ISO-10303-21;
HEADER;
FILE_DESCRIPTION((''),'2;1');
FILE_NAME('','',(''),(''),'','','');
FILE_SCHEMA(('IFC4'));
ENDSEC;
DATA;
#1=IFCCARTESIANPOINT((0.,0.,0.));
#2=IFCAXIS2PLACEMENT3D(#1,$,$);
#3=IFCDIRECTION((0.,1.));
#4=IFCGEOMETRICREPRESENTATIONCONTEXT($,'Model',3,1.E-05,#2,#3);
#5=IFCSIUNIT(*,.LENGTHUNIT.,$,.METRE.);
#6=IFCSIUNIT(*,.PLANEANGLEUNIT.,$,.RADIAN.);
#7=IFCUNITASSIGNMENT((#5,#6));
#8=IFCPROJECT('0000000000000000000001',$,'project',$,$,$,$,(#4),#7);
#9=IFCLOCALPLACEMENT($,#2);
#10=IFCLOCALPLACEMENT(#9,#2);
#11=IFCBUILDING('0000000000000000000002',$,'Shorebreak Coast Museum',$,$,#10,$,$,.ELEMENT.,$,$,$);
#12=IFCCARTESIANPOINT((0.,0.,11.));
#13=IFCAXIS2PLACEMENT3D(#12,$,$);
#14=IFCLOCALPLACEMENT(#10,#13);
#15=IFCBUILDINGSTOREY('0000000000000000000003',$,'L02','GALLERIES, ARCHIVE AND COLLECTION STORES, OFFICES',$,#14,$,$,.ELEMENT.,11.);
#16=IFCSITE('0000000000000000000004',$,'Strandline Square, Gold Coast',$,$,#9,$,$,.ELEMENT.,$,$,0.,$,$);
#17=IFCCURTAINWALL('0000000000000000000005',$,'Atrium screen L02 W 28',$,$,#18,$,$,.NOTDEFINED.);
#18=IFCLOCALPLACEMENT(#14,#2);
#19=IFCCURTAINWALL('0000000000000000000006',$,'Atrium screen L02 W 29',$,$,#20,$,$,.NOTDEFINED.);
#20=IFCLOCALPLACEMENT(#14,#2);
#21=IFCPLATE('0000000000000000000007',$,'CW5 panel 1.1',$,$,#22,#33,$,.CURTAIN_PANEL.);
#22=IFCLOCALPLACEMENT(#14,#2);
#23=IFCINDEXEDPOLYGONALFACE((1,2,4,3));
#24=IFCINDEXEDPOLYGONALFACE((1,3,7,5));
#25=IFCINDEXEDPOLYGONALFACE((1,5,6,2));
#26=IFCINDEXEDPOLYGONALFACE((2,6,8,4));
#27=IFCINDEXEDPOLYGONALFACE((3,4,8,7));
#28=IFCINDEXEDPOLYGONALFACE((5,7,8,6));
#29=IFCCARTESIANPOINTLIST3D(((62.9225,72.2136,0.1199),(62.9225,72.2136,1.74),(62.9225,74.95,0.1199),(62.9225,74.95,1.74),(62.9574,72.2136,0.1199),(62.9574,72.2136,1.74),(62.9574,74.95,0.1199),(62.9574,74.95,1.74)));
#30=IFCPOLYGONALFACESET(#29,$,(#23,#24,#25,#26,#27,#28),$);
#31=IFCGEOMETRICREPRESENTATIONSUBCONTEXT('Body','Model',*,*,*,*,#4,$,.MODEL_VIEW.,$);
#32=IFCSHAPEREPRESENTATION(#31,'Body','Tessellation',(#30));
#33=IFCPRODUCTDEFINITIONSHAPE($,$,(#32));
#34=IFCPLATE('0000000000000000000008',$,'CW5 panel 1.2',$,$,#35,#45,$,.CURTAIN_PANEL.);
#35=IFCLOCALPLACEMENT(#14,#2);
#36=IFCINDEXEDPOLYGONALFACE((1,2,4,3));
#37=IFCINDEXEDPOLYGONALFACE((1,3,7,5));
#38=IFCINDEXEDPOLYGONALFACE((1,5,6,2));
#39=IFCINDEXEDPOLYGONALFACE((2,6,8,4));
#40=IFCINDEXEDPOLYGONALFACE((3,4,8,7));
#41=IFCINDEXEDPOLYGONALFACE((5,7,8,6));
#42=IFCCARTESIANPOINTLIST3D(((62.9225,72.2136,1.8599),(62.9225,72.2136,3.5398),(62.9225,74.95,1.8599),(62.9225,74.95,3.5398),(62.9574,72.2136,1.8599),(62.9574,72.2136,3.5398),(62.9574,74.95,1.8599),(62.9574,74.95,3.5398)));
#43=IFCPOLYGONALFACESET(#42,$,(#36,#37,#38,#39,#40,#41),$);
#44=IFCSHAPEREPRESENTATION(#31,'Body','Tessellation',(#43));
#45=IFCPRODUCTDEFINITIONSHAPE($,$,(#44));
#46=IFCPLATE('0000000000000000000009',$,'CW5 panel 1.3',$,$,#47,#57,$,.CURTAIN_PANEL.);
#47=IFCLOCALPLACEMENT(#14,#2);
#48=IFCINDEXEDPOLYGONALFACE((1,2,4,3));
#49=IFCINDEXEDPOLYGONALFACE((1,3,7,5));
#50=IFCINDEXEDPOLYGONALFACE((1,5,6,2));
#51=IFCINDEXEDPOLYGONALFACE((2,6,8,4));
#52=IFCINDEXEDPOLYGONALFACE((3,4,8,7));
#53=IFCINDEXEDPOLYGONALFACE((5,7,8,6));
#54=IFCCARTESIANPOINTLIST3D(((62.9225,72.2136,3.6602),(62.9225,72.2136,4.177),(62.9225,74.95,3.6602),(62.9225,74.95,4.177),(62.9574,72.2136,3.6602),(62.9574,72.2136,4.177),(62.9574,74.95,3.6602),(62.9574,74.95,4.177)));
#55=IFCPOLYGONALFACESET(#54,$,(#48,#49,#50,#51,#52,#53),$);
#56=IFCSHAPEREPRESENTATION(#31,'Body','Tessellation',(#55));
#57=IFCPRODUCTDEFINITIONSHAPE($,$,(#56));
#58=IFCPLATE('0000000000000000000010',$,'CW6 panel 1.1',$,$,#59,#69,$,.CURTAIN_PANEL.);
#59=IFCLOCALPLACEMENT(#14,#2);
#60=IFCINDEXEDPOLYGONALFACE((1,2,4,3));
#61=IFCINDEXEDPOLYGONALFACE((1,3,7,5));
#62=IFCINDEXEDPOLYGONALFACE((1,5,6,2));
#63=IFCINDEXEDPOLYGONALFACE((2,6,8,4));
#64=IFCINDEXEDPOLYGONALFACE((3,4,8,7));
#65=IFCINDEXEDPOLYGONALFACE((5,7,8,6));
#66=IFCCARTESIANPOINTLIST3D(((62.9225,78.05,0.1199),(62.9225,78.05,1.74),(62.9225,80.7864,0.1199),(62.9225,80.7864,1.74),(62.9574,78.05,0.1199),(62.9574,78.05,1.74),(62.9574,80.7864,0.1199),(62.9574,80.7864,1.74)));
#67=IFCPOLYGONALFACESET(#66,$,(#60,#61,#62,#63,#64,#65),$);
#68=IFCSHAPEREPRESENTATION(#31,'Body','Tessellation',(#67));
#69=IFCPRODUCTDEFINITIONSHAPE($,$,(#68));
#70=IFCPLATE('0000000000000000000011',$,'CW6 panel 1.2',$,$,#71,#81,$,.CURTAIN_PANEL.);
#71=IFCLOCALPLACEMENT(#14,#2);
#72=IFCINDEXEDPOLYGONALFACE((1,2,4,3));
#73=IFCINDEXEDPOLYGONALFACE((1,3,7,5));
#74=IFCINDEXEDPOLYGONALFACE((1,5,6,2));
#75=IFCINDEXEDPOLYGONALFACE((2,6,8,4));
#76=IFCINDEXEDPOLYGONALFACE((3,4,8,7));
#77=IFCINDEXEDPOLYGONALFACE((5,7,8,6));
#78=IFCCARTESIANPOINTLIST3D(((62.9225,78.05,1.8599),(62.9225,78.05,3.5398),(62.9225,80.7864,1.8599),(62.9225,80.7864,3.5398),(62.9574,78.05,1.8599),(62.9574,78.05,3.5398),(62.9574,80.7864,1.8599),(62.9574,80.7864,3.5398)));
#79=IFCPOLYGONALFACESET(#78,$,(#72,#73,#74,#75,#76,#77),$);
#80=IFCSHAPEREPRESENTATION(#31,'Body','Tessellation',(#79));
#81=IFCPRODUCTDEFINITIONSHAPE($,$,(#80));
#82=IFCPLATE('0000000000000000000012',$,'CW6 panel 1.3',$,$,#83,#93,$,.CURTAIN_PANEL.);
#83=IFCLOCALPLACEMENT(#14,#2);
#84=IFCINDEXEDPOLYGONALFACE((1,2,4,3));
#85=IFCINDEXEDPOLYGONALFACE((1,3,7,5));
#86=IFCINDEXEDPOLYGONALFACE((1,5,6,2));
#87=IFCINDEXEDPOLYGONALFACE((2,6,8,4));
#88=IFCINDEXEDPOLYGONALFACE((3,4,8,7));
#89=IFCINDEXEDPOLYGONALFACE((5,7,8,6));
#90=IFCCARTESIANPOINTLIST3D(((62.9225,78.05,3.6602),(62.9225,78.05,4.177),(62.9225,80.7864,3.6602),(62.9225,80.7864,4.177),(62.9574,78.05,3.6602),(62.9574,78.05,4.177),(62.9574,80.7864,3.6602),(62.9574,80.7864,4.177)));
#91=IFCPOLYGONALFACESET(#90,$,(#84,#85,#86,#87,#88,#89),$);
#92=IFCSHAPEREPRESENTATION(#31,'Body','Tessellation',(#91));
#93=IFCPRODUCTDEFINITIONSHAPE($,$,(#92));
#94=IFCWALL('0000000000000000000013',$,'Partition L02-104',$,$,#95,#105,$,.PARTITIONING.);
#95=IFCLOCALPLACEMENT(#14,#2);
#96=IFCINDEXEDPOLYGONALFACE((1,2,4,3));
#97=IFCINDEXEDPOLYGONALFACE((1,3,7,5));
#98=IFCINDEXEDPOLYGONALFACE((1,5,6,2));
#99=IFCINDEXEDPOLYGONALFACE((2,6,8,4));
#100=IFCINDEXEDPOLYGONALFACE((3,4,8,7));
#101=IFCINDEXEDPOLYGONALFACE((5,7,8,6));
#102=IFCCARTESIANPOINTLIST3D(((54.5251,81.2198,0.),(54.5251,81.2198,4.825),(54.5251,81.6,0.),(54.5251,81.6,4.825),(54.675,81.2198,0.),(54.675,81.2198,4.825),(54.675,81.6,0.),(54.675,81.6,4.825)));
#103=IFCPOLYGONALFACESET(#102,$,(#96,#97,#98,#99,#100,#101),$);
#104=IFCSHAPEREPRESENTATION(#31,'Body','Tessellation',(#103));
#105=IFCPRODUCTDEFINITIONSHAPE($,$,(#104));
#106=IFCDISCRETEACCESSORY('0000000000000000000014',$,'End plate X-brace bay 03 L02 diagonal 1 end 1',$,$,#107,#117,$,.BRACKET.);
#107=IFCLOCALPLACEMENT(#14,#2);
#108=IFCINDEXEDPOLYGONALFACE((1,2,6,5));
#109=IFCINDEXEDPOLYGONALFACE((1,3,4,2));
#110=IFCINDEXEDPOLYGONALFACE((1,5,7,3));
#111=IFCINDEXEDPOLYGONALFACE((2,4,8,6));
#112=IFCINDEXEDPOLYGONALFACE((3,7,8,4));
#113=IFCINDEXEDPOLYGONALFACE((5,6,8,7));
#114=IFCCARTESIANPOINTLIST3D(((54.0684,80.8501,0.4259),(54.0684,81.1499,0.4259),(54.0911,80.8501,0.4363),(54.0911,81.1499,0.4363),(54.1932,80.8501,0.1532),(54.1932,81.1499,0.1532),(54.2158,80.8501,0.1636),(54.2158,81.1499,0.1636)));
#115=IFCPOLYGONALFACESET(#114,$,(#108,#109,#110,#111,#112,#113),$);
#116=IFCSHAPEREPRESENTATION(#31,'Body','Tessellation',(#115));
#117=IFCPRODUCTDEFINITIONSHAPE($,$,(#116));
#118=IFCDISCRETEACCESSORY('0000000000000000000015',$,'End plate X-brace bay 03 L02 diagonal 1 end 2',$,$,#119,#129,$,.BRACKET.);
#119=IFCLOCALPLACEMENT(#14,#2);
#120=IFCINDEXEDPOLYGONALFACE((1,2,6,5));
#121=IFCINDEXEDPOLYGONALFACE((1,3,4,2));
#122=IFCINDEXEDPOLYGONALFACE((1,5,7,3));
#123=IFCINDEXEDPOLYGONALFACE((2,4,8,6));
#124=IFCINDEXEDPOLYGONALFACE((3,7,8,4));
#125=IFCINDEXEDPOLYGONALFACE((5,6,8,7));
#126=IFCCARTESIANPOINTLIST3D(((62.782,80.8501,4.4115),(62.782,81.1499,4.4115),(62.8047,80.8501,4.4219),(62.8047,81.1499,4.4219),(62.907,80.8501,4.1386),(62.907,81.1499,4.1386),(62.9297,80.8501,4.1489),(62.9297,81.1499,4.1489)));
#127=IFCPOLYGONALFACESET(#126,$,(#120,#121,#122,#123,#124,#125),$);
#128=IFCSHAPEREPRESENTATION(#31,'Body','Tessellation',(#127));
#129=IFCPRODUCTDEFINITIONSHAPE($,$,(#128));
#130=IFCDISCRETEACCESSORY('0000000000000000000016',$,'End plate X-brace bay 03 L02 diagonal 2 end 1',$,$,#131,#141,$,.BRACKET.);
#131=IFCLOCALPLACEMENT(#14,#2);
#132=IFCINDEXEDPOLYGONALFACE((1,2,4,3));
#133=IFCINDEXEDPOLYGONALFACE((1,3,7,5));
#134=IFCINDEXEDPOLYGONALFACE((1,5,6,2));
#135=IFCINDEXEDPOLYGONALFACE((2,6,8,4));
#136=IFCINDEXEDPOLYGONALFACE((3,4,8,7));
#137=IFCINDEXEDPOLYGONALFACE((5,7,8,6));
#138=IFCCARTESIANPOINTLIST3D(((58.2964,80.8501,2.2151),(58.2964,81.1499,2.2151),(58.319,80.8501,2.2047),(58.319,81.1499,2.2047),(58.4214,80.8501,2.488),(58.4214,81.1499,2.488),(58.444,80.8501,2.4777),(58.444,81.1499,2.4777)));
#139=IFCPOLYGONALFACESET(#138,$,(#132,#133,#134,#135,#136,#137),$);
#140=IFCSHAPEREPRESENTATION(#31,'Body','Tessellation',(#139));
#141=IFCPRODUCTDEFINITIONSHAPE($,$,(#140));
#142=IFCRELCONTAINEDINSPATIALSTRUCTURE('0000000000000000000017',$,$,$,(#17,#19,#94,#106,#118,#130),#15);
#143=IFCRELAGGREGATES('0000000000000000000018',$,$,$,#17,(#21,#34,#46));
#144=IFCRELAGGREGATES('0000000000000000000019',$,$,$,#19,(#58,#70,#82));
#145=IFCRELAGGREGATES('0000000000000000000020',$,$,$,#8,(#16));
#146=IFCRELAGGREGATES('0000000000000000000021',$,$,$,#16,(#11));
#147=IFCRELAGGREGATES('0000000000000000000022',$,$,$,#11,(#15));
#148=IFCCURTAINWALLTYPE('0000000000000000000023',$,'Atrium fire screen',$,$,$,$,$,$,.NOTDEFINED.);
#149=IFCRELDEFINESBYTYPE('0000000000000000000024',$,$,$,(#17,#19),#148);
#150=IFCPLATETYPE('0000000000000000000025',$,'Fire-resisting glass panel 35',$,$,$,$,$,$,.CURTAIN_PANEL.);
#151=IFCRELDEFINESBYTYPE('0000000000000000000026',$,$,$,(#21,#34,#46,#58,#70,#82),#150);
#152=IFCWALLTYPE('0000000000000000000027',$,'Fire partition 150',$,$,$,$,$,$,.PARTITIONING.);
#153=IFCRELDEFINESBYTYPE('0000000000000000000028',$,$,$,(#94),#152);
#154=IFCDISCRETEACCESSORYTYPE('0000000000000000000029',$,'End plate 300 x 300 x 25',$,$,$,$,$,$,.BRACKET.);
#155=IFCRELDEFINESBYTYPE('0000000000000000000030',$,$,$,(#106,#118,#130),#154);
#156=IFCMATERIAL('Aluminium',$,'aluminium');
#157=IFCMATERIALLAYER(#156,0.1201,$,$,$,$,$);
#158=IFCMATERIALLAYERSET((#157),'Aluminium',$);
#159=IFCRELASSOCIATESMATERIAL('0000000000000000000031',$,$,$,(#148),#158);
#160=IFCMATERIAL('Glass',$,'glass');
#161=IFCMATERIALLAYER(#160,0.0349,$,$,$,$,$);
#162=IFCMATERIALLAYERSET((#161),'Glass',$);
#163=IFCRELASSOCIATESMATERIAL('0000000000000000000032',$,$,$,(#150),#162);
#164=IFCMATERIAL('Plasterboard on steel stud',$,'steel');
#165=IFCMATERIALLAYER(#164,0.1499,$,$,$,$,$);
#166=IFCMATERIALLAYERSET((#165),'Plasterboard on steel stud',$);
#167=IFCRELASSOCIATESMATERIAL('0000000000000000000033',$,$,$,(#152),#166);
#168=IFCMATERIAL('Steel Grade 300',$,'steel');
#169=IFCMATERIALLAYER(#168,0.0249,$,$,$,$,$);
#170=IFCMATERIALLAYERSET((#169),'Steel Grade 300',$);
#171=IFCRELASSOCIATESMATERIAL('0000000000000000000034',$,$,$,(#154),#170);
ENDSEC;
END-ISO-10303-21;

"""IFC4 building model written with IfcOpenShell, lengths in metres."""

from ifc_helpers import new_model, si_unit, direction, frame, frame_2d, origin, origin_2d, place, context, subcontext, project, spatial, polyline, rectangle, outline, extrude, material, layer, layer_set, type_object, element, aggregate, save


model = new_model("IFC4")

# Units and contexts
model_context = context("Model", 3, precision=1e-05, world=origin(), true_north=direction((0.0, 1.0)))
body_context = subcontext(model_context, "Body", "Model", "MODEL_VIEW")
ifc_project = project(units=[si_unit("LENGTHUNIT", "METRE"), si_unit("PLANEANGLEUNIT", "RADIAN")], contexts=[model_context])

# Site, building, storey
site_placement = place(None, origin())
site = spatial("IfcSite", under=ifc_project, at=site_placement, Name="Strandline Square, Gold Coast", CompositionType="ELEMENT", RefElevation=0.0)
building_placement = place(site_placement, origin())
building = spatial("IfcBuilding", under=site, at=building_placement, Name="Shorebreak Coast Museum", CompositionType="ELEMENT")
storey_placement = place(building_placement, frame((0.0, 0.0, 11.0)))
storey = spatial("IfcBuildingStorey", under=building, at=storey_placement, Name="L02", Description="GALLERIES, ARCHIVE AND COLLECTION STORES, OFFICES", CompositionType="ELEMENT", Elevation=11.0)

# Curtain wall
ifc_material_1 = material(Name="Aluminium", Category="aluminium")
ifc_layer_1 = layer(ifc_material_1, 0.1201)
ifc_layer_set_1 = layer_set([ifc_layer_1], Name="Aluminium")
curtain_wall_type = type_object("IfcCurtainWallType", Name="Atrium fire screen", PredefinedType="NOTDEFINED", material=ifc_layer_set_1)
curtain_wall_1_placement = place(storey_placement, origin())
curtain_wall_1 = element("IfcCurtainWall", 1, at=curtain_wall_1_placement, inside=storey, type_object=curtain_wall_type, Name="Atrium screen L02 W 28", PredefinedType="NOTDEFINED")

# Curtain wall
curtain_wall_2_placement = place(storey_placement, origin())
curtain_wall_2 = element("IfcCurtainWall", 2, at=curtain_wall_2_placement, inside=storey, type_object=curtain_wall_type, Name="Atrium screen L02 W 29", PredefinedType="NOTDEFINED")

# Plates
ifc_material_2 = material(Name="Glass", Category="glass")
ifc_layer_2 = layer(ifc_material_2, 0.0349)
ifc_layer_set_2 = layer_set([ifc_layer_2], Name="Glass")
plate_type = type_object("IfcPlateType", Name="Fire-resisting glass panel 35", PredefinedType="CURTAIN_PANEL", material=ifc_layer_set_2)
plate_1_placement = place(storey_placement, frame((62.9399, 73.5818, 0.1199), z_axis=(0.0, 0.0, 1.0), x_axis=(0.0, 1.0, 0.0)))
plate_1 = element("IfcPlate", 3, at=plate_1_placement, type_object=plate_type, Name="CW5 panel 1.1", PredefinedType="CURTAIN_PANEL", context=body_context, shape_type="SweptSolid", body=[
    extrude(rectangle(XDim=2.7363, YDim=0.0349, at=origin_2d()), origin(), (0.0, 0.0, 1.0), 1.6201),
])
plate_2_placement = place(storey_placement, frame((62.9399, 73.5818, 1.8599), z_axis=(0.0, 0.0, 1.0), x_axis=(0.0, 1.0, 0.0)))
plate_2 = element("IfcPlate", 4, at=plate_2_placement, type_object=plate_type, Name="CW5 panel 1.2", PredefinedType="CURTAIN_PANEL", context=body_context, shape_type="SweptSolid", body=[
    extrude(rectangle(XDim=2.7363, YDim=0.0349, at=origin_2d()), origin(), (0.0, 0.0, 1.0), 1.6799),
])
plate_3_placement = place(storey_placement, frame((62.9399, 73.5818, 3.6602), z_axis=(0.0, 0.0, 1.0), x_axis=(0.0, 1.0, 0.0)))
plate_3 = element("IfcPlate", 5, at=plate_3_placement, type_object=plate_type, Name="CW5 panel 1.3", PredefinedType="CURTAIN_PANEL", context=body_context, shape_type="SweptSolid", body=[
    extrude(rectangle(XDim=2.7363, YDim=0.0349, at=origin_2d()), origin(), (0.0, 0.0, 1.0), 0.5168),
])
aggregate(curtain_wall_1, [plate_1, plate_2, plate_3])
plate_4_placement = place(storey_placement, frame((62.9399, 79.4182, 0.1199), z_axis=(0.0, 0.0, 1.0), x_axis=(0.0, 1.0, 0.0)))
plate_4 = element("IfcPlate", 6, at=plate_4_placement, type_object=plate_type, Name="CW6 panel 1.1", PredefinedType="CURTAIN_PANEL", context=body_context, shape_type="SweptSolid", body=[
    extrude(rectangle(XDim=2.7363, YDim=0.0349, at=origin_2d()), origin(), (0.0, 0.0, 1.0), 1.6201),
])
plate_5_placement = place(storey_placement, frame((62.9399, 79.4182, 1.8599), z_axis=(0.0, 0.0, 1.0), x_axis=(0.0, 1.0, 0.0)))
plate_5 = element("IfcPlate", 7, at=plate_5_placement, type_object=plate_type, Name="CW6 panel 1.2", PredefinedType="CURTAIN_PANEL", context=body_context, shape_type="SweptSolid", body=[
    extrude(rectangle(XDim=2.7363, YDim=0.0349, at=origin_2d()), origin(), (0.0, 0.0, 1.0), 1.6799),
])
plate_6_placement = place(storey_placement, frame((62.9399, 79.4182, 3.6602), z_axis=(0.0, 0.0, 1.0), x_axis=(0.0, 1.0, 0.0)))
plate_6 = element("IfcPlate", 8, at=plate_6_placement, type_object=plate_type, Name="CW6 panel 1.3", PredefinedType="CURTAIN_PANEL", context=body_context, shape_type="SweptSolid", body=[
    extrude(rectangle(XDim=2.7363, YDim=0.0349, at=origin_2d()), origin(), (0.0, 0.0, 1.0), 0.5168),
])
aggregate(curtain_wall_2, [plate_4, plate_5, plate_6])

# Wall
ifc_material_3 = material(Name="Plasterboard on steel stud", Category="steel")
ifc_layer_3 = layer(ifc_material_3, 0.1499)
ifc_layer_set_3 = layer_set([ifc_layer_3], Name="Plasterboard on steel stud")
wall_type = type_object("IfcWallType", Name="Fire partition 150", PredefinedType="PARTITIONING", material=ifc_layer_set_3)
wall_placement = place(storey_placement, frame((54.6001, 81.22, 0.0), z_axis=(0.0, 0.0, 1.0), x_axis=(0.0, 1.0, 0.0)))
element("IfcWall", 9, at=wall_placement, inside=storey, type_object=wall_type, Name="Partition L02-104", PredefinedType="PARTITIONING", context=body_context, shape_type="SweptSolid", body=[
    extrude(rectangle(XDim=0.3801, YDim=0.1499, at=frame_2d((0.1899, 0.0))), origin(), (0.0, 0.0, 1.0), 4.825),
])

# Discrete accessories
ifc_material_4 = material(Name="Steel Grade 300", Category="steel")
ifc_layer_4 = layer(ifc_material_4, 0.0249)
ifc_layer_set_4 = layer_set([ifc_layer_4], Name="Steel Grade 300")
discrete_accessory_type = type_object("IfcDiscreteAccessoryType", Name="End plate 300 x 300 x 25", PredefinedType="BRACKET", material=ifc_layer_set_4)
discrete_accessory_placement = place(storey_placement, frame((54.2158, 80.8501, 0.1636), z_axis=(0.90936, 0.0, 0.41601), x_axis=(0.0, 1.0, 0.0)))
element("IfcDiscreteAccessory", 10, at=discrete_accessory_placement, inside=storey, type_object=discrete_accessory_type, Name="End plate X-brace bay 03 L02 diagonal 1 end 1", PredefinedType="BRACKET", context=body_context, shape_type="SweptSolid", body=[
    extrude(outline(polyline([(0.0, 0.0), (0.2998, 0.0), (0.2998, 0.2999), (0.0, 0.2999), (0.0, 0.0)])), origin(), (0.0, 0.0, -1.0), 0.0249),
])
for number, where, z_axis, x_axis, name in (
    (11, (62.9297, 80.8501, 4.1489), (0.909193, 0.0, 0.416375), (0.0, 1.0, 0.0), "End plate X-brace bay 03 L02 diagonal 1 end 2"),
    (12, (58.2964, 81.1499, 2.2151), (-0.909193, 0.0, 0.416375), (0.0, -1.0, 0.0), "End plate X-brace bay 03 L02 diagonal 2 end 1"),
):
    element("IfcDiscreteAccessory", number, at=place(storey_placement, frame(where, z_axis=z_axis, x_axis=x_axis)), inside=storey, type_object=discrete_accessory_type, Name=name, PredefinedType="BRACKET", context=body_context, shape_type="SweptSolid", body=[
        extrude(outline(polyline([(0.0, 0.0), (0.2998, 0.0), (0.2998, 0.3002), (0.0, 0.3002), (0.0, 0.0)])), origin(), (0.0, 0.0, -1.0), 0.0249),
    ])

save(model, "model.ifc")
